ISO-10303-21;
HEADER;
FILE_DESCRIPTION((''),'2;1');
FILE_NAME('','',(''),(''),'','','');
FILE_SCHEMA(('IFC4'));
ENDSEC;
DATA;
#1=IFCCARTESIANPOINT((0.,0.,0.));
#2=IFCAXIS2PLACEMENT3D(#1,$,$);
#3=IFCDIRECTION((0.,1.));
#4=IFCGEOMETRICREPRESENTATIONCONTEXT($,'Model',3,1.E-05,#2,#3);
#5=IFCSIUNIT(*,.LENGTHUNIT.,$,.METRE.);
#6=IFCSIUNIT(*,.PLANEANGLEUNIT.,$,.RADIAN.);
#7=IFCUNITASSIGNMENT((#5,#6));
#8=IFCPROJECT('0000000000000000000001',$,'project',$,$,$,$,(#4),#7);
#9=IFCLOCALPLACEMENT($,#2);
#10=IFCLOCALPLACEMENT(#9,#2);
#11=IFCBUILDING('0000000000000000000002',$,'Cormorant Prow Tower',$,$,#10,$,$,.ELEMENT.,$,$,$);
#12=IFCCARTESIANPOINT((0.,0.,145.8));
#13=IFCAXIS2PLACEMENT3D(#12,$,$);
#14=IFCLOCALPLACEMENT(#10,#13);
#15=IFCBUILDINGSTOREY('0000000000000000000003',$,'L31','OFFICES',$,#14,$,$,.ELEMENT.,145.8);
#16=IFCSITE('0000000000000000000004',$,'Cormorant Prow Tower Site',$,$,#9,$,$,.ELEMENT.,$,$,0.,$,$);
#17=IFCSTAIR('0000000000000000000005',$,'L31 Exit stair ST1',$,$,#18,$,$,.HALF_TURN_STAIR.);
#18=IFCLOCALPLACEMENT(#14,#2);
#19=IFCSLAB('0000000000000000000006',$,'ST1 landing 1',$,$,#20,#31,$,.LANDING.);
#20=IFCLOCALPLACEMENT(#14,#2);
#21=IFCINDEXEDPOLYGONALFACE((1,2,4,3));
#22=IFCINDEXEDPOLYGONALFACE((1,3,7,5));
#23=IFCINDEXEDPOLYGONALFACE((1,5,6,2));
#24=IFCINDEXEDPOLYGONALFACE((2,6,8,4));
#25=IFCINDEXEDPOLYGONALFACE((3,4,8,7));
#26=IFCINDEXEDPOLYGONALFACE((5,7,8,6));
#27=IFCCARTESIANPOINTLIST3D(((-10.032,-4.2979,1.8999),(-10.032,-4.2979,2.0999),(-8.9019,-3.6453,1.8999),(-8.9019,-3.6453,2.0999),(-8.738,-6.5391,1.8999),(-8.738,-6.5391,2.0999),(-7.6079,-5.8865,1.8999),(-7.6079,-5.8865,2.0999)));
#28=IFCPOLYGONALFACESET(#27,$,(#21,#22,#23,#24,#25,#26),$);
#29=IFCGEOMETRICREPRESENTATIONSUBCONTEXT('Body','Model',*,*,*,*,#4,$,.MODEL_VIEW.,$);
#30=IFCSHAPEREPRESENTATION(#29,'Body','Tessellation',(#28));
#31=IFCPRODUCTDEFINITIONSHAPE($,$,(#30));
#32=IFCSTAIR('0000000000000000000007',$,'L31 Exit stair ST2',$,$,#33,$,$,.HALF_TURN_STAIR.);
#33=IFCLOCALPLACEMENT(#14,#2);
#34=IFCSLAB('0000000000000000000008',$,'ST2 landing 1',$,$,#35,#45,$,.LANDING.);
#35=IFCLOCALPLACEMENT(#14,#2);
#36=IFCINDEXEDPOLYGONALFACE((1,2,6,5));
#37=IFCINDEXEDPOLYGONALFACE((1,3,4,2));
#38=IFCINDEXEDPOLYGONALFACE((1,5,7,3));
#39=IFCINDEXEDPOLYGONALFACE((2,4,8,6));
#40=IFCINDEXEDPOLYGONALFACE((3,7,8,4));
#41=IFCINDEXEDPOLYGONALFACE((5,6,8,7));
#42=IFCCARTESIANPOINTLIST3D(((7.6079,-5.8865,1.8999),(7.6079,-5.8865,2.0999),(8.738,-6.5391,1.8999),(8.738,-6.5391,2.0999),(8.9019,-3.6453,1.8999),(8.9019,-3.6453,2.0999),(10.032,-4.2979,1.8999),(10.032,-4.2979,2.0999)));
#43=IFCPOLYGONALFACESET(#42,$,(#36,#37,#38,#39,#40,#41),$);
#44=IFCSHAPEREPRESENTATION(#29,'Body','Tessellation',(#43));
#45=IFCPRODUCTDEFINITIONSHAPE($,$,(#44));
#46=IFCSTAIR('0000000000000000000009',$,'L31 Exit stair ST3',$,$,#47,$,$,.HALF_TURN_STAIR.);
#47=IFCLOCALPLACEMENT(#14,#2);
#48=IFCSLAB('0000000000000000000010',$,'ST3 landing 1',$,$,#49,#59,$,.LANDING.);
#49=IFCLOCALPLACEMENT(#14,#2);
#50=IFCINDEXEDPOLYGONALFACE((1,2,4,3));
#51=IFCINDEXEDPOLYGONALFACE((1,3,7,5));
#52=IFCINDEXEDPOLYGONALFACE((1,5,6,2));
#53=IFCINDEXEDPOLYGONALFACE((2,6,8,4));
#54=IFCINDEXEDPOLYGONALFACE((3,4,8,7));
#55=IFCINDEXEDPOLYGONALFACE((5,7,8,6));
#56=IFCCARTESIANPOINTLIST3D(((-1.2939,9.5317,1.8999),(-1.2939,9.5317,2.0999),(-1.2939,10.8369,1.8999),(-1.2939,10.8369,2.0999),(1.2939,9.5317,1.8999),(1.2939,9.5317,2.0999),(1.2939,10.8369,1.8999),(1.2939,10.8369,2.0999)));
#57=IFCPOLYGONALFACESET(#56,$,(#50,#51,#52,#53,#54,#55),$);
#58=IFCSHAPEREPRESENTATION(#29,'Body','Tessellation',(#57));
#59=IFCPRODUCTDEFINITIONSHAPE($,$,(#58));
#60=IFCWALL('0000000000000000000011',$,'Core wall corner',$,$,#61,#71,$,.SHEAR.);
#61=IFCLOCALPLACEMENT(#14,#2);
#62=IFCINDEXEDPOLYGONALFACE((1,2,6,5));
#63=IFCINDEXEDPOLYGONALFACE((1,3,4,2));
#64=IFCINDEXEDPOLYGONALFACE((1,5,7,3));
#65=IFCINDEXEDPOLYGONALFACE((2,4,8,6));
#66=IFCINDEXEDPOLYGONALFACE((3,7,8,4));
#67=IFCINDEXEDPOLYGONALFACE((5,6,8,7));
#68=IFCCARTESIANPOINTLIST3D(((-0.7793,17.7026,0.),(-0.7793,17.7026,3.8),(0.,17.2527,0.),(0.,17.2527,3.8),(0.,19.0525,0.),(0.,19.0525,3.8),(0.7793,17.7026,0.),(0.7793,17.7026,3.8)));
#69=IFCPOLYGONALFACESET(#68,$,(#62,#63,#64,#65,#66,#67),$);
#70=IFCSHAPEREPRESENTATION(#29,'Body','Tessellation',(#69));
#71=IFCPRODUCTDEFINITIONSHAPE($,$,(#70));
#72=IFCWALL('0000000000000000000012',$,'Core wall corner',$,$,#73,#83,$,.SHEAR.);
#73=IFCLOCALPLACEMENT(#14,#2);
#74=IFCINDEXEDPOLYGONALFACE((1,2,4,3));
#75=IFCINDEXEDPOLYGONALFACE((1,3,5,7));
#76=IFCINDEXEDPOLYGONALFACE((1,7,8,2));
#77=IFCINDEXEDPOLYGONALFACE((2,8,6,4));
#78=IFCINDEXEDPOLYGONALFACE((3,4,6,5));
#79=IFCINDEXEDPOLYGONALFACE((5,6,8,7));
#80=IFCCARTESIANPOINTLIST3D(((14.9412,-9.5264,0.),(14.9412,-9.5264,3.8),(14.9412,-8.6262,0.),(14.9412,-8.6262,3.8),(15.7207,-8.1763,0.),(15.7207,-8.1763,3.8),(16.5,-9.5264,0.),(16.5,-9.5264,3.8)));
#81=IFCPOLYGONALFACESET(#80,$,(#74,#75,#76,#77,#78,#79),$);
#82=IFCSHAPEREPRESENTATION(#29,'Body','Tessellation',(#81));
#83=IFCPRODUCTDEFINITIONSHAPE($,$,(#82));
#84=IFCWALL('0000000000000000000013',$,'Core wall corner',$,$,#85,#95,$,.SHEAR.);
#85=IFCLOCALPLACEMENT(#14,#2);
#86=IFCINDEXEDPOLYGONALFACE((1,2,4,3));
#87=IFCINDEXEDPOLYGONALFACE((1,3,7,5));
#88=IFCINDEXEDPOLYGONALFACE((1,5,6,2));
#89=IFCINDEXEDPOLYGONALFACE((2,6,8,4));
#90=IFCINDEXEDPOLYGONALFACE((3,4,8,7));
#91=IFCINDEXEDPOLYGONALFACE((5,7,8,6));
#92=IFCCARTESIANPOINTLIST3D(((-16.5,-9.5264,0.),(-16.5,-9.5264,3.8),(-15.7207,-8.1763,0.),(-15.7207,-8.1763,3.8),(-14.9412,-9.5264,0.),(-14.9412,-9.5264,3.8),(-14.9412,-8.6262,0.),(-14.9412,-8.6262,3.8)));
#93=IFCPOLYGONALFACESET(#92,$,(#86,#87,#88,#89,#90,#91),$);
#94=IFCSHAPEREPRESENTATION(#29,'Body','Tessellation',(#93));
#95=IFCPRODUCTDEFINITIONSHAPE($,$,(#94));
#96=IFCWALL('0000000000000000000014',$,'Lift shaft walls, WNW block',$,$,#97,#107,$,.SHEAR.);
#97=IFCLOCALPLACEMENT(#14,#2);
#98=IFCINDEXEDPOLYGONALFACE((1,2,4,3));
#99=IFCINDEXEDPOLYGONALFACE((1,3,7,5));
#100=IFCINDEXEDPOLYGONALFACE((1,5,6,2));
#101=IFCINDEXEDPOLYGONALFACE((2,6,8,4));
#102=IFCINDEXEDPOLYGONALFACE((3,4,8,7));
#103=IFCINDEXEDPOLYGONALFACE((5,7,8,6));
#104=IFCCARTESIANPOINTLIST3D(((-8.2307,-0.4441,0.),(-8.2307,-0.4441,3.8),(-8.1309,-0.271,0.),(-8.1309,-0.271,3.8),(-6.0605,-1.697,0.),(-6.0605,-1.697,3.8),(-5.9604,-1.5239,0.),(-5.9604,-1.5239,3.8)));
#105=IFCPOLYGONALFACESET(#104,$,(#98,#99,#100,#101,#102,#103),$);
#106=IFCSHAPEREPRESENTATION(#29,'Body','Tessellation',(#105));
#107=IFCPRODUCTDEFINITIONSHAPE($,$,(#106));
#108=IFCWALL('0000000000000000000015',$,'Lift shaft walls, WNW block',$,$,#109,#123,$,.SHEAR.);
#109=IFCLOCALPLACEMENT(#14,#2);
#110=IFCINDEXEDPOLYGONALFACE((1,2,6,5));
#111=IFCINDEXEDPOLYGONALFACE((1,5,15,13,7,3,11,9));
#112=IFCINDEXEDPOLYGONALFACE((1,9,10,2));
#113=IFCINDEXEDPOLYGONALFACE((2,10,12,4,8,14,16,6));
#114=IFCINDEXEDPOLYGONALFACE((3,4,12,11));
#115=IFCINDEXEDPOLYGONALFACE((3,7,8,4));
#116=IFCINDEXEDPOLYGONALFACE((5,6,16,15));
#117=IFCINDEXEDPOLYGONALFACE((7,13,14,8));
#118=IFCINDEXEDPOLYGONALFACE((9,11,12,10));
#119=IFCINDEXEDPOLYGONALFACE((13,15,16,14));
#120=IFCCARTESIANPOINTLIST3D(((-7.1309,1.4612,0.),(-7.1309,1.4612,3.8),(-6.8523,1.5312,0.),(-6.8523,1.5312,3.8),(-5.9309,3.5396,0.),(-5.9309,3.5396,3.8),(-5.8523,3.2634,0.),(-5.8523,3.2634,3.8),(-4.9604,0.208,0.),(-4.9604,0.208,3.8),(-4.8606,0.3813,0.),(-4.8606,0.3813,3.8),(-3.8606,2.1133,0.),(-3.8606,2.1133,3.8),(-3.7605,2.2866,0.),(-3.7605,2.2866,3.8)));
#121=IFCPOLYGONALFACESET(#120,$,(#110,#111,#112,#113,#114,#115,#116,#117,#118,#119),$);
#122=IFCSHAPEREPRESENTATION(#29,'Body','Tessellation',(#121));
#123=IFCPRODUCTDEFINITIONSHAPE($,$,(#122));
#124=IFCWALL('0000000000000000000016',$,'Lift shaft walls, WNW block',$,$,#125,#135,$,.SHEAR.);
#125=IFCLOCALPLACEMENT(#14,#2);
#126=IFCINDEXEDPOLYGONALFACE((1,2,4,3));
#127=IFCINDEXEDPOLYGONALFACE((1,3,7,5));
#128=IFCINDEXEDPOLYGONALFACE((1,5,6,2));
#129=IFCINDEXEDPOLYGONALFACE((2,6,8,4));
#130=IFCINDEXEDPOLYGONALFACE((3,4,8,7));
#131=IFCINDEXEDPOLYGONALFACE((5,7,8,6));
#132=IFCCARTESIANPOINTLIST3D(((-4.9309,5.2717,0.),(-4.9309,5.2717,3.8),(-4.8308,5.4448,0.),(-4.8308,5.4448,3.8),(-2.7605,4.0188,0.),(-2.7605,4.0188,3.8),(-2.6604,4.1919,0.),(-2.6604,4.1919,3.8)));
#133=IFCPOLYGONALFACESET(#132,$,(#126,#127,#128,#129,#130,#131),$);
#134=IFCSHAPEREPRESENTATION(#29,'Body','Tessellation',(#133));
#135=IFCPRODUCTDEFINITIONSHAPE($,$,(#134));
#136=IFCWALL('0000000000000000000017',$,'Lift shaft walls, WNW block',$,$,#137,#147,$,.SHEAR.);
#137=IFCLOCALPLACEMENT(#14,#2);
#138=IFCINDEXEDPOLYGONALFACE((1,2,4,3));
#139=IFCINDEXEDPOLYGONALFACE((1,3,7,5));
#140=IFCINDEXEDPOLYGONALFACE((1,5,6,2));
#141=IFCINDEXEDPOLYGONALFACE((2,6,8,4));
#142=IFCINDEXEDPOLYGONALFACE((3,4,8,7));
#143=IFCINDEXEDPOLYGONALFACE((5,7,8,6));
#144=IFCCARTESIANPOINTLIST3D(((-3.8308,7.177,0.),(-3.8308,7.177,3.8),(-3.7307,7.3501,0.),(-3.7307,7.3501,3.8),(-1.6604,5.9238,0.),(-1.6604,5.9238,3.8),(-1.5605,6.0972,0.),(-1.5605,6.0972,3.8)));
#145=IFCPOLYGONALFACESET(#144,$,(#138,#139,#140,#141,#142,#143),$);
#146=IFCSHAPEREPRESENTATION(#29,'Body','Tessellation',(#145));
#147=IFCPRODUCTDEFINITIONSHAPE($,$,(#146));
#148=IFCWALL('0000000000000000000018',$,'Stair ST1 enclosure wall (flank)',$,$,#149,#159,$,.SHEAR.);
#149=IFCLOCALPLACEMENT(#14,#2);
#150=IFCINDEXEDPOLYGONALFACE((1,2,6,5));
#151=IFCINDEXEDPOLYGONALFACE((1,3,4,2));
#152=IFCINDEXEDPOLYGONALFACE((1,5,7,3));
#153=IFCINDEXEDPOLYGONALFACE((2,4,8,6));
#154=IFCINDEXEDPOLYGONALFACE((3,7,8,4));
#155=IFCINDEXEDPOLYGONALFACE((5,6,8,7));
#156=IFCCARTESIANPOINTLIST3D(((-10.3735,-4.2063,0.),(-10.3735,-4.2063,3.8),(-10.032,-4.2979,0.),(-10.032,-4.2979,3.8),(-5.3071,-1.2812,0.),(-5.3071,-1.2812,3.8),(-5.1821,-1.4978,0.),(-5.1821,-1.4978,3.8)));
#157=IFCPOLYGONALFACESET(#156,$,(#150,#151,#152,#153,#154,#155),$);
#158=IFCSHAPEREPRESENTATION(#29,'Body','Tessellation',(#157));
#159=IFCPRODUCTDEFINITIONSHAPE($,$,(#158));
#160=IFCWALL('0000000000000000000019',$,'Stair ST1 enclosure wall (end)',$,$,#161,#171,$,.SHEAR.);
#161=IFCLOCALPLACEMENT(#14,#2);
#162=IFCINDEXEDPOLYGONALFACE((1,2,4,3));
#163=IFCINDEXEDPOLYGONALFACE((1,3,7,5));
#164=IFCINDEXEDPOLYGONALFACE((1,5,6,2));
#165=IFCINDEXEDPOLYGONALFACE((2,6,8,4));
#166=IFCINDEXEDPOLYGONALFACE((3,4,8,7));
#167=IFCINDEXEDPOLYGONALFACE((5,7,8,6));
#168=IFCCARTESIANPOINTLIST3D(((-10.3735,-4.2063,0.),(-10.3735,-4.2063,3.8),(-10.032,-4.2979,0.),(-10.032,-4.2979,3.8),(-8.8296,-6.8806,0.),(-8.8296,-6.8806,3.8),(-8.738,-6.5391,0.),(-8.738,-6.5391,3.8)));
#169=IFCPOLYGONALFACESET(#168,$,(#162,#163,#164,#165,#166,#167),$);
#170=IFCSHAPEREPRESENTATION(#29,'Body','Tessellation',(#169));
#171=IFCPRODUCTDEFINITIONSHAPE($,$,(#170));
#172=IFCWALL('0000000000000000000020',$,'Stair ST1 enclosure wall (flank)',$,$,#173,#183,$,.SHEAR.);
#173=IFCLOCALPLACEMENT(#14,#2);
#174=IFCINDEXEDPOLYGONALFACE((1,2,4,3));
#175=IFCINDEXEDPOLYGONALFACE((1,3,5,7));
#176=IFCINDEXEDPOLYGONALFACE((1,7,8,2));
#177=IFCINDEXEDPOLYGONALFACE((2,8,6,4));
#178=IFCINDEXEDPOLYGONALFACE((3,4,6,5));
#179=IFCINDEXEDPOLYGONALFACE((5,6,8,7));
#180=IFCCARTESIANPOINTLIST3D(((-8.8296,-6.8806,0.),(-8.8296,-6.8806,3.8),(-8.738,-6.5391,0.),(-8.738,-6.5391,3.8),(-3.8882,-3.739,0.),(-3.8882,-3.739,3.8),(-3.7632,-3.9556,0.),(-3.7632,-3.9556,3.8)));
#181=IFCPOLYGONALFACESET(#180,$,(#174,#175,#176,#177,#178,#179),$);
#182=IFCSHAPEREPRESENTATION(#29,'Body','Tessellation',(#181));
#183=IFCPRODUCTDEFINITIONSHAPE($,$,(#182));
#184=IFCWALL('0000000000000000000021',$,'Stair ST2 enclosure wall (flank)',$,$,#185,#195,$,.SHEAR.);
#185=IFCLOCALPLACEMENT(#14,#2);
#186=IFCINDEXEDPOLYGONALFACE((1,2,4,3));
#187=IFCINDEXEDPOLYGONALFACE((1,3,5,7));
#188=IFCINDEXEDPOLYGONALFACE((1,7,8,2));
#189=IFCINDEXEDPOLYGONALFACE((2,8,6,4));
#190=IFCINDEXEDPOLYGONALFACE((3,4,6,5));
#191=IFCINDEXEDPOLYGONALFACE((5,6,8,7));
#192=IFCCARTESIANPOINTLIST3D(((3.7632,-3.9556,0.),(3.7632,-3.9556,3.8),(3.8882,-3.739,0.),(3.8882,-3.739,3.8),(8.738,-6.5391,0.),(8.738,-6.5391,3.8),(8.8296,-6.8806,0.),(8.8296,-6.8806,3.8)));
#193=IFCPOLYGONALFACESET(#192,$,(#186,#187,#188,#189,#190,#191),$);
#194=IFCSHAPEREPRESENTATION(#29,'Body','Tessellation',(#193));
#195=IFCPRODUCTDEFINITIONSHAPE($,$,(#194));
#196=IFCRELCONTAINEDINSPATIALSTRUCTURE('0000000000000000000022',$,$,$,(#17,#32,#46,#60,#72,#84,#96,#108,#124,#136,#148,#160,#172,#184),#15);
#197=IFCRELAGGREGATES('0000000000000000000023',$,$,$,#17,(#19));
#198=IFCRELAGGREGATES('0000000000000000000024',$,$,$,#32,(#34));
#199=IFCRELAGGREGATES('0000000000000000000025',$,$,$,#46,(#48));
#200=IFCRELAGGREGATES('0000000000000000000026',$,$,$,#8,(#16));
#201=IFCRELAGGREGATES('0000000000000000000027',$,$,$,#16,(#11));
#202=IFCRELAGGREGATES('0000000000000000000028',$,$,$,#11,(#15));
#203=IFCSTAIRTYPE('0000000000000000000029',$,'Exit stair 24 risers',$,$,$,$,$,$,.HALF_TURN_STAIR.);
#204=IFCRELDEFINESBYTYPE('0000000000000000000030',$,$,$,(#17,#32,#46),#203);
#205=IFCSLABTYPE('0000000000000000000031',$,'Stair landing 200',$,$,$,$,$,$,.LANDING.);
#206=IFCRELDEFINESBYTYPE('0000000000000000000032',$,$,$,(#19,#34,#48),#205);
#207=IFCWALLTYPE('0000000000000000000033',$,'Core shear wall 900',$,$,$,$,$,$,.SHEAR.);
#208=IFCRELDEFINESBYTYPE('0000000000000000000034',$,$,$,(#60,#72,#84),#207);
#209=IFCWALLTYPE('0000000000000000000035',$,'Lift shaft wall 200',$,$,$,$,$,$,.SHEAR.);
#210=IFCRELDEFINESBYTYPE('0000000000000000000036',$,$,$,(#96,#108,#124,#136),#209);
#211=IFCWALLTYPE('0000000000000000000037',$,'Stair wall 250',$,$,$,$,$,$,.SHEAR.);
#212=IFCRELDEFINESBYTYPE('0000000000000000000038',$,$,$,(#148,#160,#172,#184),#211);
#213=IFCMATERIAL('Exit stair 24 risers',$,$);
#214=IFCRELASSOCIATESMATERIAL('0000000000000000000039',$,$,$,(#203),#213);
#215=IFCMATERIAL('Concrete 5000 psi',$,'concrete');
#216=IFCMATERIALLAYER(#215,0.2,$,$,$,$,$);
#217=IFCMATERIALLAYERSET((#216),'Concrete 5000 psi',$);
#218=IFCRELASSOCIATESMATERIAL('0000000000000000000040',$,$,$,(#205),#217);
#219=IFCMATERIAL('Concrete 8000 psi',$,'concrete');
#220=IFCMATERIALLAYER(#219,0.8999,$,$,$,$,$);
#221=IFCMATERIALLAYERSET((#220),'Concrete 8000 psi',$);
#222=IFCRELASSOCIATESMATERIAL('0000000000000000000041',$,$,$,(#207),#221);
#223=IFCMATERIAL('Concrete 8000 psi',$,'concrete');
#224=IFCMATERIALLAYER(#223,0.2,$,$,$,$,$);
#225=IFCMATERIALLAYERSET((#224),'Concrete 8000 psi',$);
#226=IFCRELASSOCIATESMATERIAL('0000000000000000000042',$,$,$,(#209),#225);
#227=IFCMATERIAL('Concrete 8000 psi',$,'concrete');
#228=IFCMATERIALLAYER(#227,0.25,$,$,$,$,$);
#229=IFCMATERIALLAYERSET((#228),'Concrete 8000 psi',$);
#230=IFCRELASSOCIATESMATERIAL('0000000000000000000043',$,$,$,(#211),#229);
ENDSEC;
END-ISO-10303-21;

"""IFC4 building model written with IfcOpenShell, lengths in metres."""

from ifc_helpers import new_model, si_unit, direction, frame, origin, place, context, subcontext, project, spatial, polyline, outline, extrude, material, layer, layer_set, type_object, element, aggregate, save


model = new_model("IFC4")

# Units and contexts
model_context = context("Model", 3, precision=1e-05, world=origin(), true_north=direction((0.0, 1.0)))
body_context = subcontext(model_context, "Body", "Model", "MODEL_VIEW")
ifc_project = project(units=[si_unit("LENGTHUNIT", "METRE"), si_unit("PLANEANGLEUNIT", "RADIAN")], contexts=[model_context])

# Site, building, storey
site_placement = place(None, origin())
site = spatial("IfcSite", under=ifc_project, at=site_placement, Name="Cormorant Prow Tower Site", CompositionType="ELEMENT", RefElevation=0.0)
building_placement = place(site_placement, origin())
building = spatial("IfcBuilding", under=site, at=building_placement, Name="Cormorant Prow Tower", CompositionType="ELEMENT")
storey_placement = place(building_placement, frame((0.0, 0.0, 145.8)))
storey = spatial("IfcBuildingStorey", under=building, at=storey_placement, Name="L31", Description="OFFICES", CompositionType="ELEMENT", Elevation=145.8)

# Stairs, slabs
ifc_material_1 = material(Name="Exit stair 24 risers")
stair_type = type_object("IfcStairType", Name="Exit stair 24 risers", PredefinedType="HALF_TURN_STAIR", material=ifc_material_1)
stair_1_placement = place(storey_placement, origin())
stair_1 = element("IfcStair", 1, at=stair_1_placement, inside=storey, type_object=stair_type, Name="L31 Exit stair ST1", PredefinedType="HALF_TURN_STAIR")
ifc_material_2 = material(Name="Concrete 5000 psi", Category="concrete")
ifc_layer_1 = layer(ifc_material_2, 0.2)
ifc_layer_set_1 = layer_set([ifc_layer_1], Name="Concrete 5000 psi")
slab_type = type_object("IfcSlabType", Name="Stair landing 200", PredefinedType="LANDING", material=ifc_layer_set_1)
slab_1_placement = place(storey_placement, frame((0.0, 0.0, 1.8999)))
slab_1 = element("IfcSlab", 2, at=slab_1_placement, type_object=slab_type, Name="ST1 landing 1", PredefinedType="LANDING", context=body_context, shape_type="SweptSolid", body=[
    extrude(outline(polyline([(-8.9019, -3.6453), (-10.032, -4.2979), (-8.738, -6.5391), (-7.6079, -5.8865), (-8.9019, -3.6453)])), origin(), (0.0, 0.0, 1.0), 0.2),
])
aggregate(stair_1, [slab_1])
stair_2_placement = place(storey_placement, origin())
stair_2 = element("IfcStair", 3, at=stair_2_placement, inside=storey, type_object=stair_type, Name="L31 Exit stair ST2", PredefinedType="HALF_TURN_STAIR")
slab_2_placement = place(storey_placement, frame((0.0, 0.0, 1.8999)))
slab_2 = element("IfcSlab", 4, at=slab_2_placement, type_object=slab_type, Name="ST2 landing 1", PredefinedType="LANDING", context=body_context, shape_type="SweptSolid", body=[
    extrude(outline(polyline([(7.6079, -5.8865), (8.738, -6.5391), (10.032, -4.2979), (8.9019, -3.6453), (7.6079, -5.8865)])), origin(), (0.0, 0.0, 1.0), 0.2),
])
aggregate(stair_2, [slab_2])
stair_3_placement = place(storey_placement, origin())
stair_3 = element("IfcStair", 5, at=stair_3_placement, inside=storey, type_object=stair_type, Name="L31 Exit stair ST3", PredefinedType="HALF_TURN_STAIR")
slab_3_placement = place(storey_placement, frame((0.0, 0.0, 1.8999)))
slab_3 = element("IfcSlab", 6, at=slab_3_placement, type_object=slab_type, Name="ST3 landing 1", PredefinedType="LANDING", context=body_context, shape_type="SweptSolid", body=[
    extrude(outline(polyline([(1.2939, 9.5317), (1.2939, 10.8369), (-1.2939, 10.8369), (-1.2939, 9.5317), (1.2939, 9.5317)])), origin(), (0.0, 0.0, 1.0), 0.2),
])
aggregate(stair_3, [slab_3])

# Walls
ifc_material_3 = material(Name="Concrete 8000 psi", Category="concrete")
ifc_layer_2 = layer(ifc_material_3, 0.8999)
ifc_layer_set_2 = layer_set([ifc_layer_2], Name="Concrete 8000 psi")
wall_type_1 = type_object("IfcWallType", Name="Core shear wall 900", PredefinedType="SHEAR", material=ifc_layer_set_2)
wall_1_placement = place(storey_placement, origin())
element("IfcWall", 7, at=wall_1_placement, inside=storey, type_object=wall_type_1, Name="Core wall corner", PredefinedType="SHEAR", context=body_context, shape_type="SweptSolid", body=[
    extrude(outline(polyline([(-0.7793, 17.7026), (0.0, 19.0525), (0.7793, 17.7026), (0.0, 17.2527), (-0.7793, 17.7026)])), origin(), (0.0, 0.0, 1.0), 3.8),
])
wall_2_placement = place(storey_placement, origin())
element("IfcWall", 8, at=wall_2_placement, inside=storey, type_object=wall_type_1, Name="Core wall corner", PredefinedType="SHEAR", context=body_context, shape_type="SweptSolid", body=[
    extrude(outline(polyline([(14.9412, -8.6262), (15.7207, -8.1763), (16.5, -9.5264), (14.9412, -9.5264), (14.9412, -8.6262)])), origin(), (0.0, 0.0, 1.0), 3.8),
])
wall_3_placement = place(storey_placement, origin())
element("IfcWall", 9, at=wall_3_placement, inside=storey, type_object=wall_type_1, Name="Core wall corner", PredefinedType="SHEAR", context=body_context, shape_type="SweptSolid", body=[
    extrude(outline(polyline([(-14.9412, -8.6262), (-14.9412, -9.5264), (-16.5, -9.5264), (-15.7207, -8.1763), (-14.9412, -8.6262)])), origin(), (0.0, 0.0, 1.0), 3.8),
])
ifc_material_4 = material(Name="Concrete 8000 psi", Category="concrete")
ifc_layer_3 = layer(ifc_material_4, 0.2)
ifc_layer_set_3 = layer_set([ifc_layer_3], Name="Concrete 8000 psi")
wall_type_2 = type_object("IfcWallType", Name="Lift shaft wall 200", PredefinedType="SHEAR", material=ifc_layer_set_3)
wall_4_placement = place(storey_placement, origin())
element("IfcWall", 10, at=wall_4_placement, inside=storey, type_object=wall_type_2, Name="Lift shaft walls, WNW block", PredefinedType="SHEAR", context=body_context, shape_type="SweptSolid", body=[
    extrude(outline(polyline([(-6.0605, -1.697), (-8.2307, -0.4441), (-8.1309, -0.271), (-5.9604, -1.5239), (-6.0605, -1.697)])), origin(), (0.0, 0.0, 1.0), 3.8),
])
wall_5_placement = place(storey_placement, origin())
element("IfcWall", 11, at=wall_5_placement, inside=storey, type_object=wall_type_2, Name="Lift shaft walls, WNW block", PredefinedType="SHEAR", context=body_context, shape_type="SweptSolid", body=[
    extrude(outline(polyline([(-4.9604, 0.208), (-7.1309, 1.4612), (-5.9309, 3.5396), (-3.7605, 2.2866), (-3.8606, 2.1133), (-5.8523, 3.2634), (-6.8523, 1.5312), (-4.8606, 0.3813), (-4.9604, 0.208)])), origin(), (0.0, 0.0, 1.0), 3.8),
])
wall_6_placement = place(storey_placement, origin())
element("IfcWall", 12, at=wall_6_placement, inside=storey, type_object=wall_type_2, Name="Lift shaft walls, WNW block", PredefinedType="SHEAR", context=body_context, shape_type="SweptSolid", body=[
    extrude(outline(polyline([(-2.7605, 4.0188), (-4.9309, 5.2717), (-4.8308, 5.4448), (-2.6604, 4.1919), (-2.7605, 4.0188)])), origin(), (0.0, 0.0, 1.0), 3.8),
])
wall_7_placement = place(storey_placement, origin())
element("IfcWall", 13, at=wall_7_placement, inside=storey, type_object=wall_type_2, Name="Lift shaft walls, WNW block", PredefinedType="SHEAR", context=body_context, shape_type="SweptSolid", body=[
    extrude(outline(polyline([(-3.7307, 7.3501), (-1.5605, 6.0972), (-1.6604, 5.9238), (-3.8308, 7.177), (-3.7307, 7.3501)])), origin(), (0.0, 0.0, 1.0), 3.8),
])
ifc_material_5 = material(Name="Concrete 8000 psi", Category="concrete")
ifc_layer_4 = layer(ifc_material_5, 0.25)
ifc_layer_set_4 = layer_set([ifc_layer_4], Name="Concrete 8000 psi")
wall_type_3 = type_object("IfcWallType", Name="Stair wall 250", PredefinedType="SHEAR", material=ifc_layer_set_4)
wall_8_placement = place(storey_placement, origin())
element("IfcWall", 14, at=wall_8_placement, inside=storey, type_object=wall_type_3, Name="Stair ST1 enclosure wall (flank)", PredefinedType="SHEAR", context=body_context, shape_type="SweptSolid", body=[
    extrude(outline(polyline([(-5.3071, -1.2812), (-10.3735, -4.2063), (-10.032, -4.2979), (-5.1821, -1.4978), (-5.3071, -1.2812)])), origin(), (0.0, 0.0, 1.0), 3.8),
])
wall_9_placement = place(storey_placement, origin())
element("IfcWall", 15, at=wall_9_placement, inside=storey, type_object=wall_type_3, Name="Stair ST1 enclosure wall (end)", PredefinedType="SHEAR", context=body_context, shape_type="SweptSolid", body=[
    extrude(outline(polyline([(-10.3735, -4.2063), (-8.8296, -6.8806), (-8.738, -6.5391), (-10.032, -4.2979), (-10.3735, -4.2063)])), origin(), (0.0, 0.0, 1.0), 3.8),
])
wall_10_placement = place(storey_placement, origin())
element("IfcWall", 16, at=wall_10_placement, inside=storey, type_object=wall_type_3, Name="Stair ST1 enclosure wall (flank)", PredefinedType="SHEAR", context=body_context, shape_type="SweptSolid", body=[
    extrude(outline(polyline([(-8.738, -6.5391), (-8.8296, -6.8806), (-3.7632, -3.9556), (-3.8882, -3.739), (-8.738, -6.5391)])), origin(), (0.0, 0.0, 1.0), 3.8),
])
wall_11_placement = place(storey_placement, origin())
element("IfcWall", 17, at=wall_11_placement, inside=storey, type_object=wall_type_3, Name="Stair ST2 enclosure wall (flank)", PredefinedType="SHEAR", context=body_context, shape_type="SweptSolid", body=[
    extrude(outline(polyline([(3.7632, -3.9556), (8.8296, -6.8806), (8.738, -6.5391), (3.8882, -3.739), (3.7632, -3.9556)])), origin(), (0.0, 0.0, 1.0), 3.8),
])

save(model, "model.ifc")
